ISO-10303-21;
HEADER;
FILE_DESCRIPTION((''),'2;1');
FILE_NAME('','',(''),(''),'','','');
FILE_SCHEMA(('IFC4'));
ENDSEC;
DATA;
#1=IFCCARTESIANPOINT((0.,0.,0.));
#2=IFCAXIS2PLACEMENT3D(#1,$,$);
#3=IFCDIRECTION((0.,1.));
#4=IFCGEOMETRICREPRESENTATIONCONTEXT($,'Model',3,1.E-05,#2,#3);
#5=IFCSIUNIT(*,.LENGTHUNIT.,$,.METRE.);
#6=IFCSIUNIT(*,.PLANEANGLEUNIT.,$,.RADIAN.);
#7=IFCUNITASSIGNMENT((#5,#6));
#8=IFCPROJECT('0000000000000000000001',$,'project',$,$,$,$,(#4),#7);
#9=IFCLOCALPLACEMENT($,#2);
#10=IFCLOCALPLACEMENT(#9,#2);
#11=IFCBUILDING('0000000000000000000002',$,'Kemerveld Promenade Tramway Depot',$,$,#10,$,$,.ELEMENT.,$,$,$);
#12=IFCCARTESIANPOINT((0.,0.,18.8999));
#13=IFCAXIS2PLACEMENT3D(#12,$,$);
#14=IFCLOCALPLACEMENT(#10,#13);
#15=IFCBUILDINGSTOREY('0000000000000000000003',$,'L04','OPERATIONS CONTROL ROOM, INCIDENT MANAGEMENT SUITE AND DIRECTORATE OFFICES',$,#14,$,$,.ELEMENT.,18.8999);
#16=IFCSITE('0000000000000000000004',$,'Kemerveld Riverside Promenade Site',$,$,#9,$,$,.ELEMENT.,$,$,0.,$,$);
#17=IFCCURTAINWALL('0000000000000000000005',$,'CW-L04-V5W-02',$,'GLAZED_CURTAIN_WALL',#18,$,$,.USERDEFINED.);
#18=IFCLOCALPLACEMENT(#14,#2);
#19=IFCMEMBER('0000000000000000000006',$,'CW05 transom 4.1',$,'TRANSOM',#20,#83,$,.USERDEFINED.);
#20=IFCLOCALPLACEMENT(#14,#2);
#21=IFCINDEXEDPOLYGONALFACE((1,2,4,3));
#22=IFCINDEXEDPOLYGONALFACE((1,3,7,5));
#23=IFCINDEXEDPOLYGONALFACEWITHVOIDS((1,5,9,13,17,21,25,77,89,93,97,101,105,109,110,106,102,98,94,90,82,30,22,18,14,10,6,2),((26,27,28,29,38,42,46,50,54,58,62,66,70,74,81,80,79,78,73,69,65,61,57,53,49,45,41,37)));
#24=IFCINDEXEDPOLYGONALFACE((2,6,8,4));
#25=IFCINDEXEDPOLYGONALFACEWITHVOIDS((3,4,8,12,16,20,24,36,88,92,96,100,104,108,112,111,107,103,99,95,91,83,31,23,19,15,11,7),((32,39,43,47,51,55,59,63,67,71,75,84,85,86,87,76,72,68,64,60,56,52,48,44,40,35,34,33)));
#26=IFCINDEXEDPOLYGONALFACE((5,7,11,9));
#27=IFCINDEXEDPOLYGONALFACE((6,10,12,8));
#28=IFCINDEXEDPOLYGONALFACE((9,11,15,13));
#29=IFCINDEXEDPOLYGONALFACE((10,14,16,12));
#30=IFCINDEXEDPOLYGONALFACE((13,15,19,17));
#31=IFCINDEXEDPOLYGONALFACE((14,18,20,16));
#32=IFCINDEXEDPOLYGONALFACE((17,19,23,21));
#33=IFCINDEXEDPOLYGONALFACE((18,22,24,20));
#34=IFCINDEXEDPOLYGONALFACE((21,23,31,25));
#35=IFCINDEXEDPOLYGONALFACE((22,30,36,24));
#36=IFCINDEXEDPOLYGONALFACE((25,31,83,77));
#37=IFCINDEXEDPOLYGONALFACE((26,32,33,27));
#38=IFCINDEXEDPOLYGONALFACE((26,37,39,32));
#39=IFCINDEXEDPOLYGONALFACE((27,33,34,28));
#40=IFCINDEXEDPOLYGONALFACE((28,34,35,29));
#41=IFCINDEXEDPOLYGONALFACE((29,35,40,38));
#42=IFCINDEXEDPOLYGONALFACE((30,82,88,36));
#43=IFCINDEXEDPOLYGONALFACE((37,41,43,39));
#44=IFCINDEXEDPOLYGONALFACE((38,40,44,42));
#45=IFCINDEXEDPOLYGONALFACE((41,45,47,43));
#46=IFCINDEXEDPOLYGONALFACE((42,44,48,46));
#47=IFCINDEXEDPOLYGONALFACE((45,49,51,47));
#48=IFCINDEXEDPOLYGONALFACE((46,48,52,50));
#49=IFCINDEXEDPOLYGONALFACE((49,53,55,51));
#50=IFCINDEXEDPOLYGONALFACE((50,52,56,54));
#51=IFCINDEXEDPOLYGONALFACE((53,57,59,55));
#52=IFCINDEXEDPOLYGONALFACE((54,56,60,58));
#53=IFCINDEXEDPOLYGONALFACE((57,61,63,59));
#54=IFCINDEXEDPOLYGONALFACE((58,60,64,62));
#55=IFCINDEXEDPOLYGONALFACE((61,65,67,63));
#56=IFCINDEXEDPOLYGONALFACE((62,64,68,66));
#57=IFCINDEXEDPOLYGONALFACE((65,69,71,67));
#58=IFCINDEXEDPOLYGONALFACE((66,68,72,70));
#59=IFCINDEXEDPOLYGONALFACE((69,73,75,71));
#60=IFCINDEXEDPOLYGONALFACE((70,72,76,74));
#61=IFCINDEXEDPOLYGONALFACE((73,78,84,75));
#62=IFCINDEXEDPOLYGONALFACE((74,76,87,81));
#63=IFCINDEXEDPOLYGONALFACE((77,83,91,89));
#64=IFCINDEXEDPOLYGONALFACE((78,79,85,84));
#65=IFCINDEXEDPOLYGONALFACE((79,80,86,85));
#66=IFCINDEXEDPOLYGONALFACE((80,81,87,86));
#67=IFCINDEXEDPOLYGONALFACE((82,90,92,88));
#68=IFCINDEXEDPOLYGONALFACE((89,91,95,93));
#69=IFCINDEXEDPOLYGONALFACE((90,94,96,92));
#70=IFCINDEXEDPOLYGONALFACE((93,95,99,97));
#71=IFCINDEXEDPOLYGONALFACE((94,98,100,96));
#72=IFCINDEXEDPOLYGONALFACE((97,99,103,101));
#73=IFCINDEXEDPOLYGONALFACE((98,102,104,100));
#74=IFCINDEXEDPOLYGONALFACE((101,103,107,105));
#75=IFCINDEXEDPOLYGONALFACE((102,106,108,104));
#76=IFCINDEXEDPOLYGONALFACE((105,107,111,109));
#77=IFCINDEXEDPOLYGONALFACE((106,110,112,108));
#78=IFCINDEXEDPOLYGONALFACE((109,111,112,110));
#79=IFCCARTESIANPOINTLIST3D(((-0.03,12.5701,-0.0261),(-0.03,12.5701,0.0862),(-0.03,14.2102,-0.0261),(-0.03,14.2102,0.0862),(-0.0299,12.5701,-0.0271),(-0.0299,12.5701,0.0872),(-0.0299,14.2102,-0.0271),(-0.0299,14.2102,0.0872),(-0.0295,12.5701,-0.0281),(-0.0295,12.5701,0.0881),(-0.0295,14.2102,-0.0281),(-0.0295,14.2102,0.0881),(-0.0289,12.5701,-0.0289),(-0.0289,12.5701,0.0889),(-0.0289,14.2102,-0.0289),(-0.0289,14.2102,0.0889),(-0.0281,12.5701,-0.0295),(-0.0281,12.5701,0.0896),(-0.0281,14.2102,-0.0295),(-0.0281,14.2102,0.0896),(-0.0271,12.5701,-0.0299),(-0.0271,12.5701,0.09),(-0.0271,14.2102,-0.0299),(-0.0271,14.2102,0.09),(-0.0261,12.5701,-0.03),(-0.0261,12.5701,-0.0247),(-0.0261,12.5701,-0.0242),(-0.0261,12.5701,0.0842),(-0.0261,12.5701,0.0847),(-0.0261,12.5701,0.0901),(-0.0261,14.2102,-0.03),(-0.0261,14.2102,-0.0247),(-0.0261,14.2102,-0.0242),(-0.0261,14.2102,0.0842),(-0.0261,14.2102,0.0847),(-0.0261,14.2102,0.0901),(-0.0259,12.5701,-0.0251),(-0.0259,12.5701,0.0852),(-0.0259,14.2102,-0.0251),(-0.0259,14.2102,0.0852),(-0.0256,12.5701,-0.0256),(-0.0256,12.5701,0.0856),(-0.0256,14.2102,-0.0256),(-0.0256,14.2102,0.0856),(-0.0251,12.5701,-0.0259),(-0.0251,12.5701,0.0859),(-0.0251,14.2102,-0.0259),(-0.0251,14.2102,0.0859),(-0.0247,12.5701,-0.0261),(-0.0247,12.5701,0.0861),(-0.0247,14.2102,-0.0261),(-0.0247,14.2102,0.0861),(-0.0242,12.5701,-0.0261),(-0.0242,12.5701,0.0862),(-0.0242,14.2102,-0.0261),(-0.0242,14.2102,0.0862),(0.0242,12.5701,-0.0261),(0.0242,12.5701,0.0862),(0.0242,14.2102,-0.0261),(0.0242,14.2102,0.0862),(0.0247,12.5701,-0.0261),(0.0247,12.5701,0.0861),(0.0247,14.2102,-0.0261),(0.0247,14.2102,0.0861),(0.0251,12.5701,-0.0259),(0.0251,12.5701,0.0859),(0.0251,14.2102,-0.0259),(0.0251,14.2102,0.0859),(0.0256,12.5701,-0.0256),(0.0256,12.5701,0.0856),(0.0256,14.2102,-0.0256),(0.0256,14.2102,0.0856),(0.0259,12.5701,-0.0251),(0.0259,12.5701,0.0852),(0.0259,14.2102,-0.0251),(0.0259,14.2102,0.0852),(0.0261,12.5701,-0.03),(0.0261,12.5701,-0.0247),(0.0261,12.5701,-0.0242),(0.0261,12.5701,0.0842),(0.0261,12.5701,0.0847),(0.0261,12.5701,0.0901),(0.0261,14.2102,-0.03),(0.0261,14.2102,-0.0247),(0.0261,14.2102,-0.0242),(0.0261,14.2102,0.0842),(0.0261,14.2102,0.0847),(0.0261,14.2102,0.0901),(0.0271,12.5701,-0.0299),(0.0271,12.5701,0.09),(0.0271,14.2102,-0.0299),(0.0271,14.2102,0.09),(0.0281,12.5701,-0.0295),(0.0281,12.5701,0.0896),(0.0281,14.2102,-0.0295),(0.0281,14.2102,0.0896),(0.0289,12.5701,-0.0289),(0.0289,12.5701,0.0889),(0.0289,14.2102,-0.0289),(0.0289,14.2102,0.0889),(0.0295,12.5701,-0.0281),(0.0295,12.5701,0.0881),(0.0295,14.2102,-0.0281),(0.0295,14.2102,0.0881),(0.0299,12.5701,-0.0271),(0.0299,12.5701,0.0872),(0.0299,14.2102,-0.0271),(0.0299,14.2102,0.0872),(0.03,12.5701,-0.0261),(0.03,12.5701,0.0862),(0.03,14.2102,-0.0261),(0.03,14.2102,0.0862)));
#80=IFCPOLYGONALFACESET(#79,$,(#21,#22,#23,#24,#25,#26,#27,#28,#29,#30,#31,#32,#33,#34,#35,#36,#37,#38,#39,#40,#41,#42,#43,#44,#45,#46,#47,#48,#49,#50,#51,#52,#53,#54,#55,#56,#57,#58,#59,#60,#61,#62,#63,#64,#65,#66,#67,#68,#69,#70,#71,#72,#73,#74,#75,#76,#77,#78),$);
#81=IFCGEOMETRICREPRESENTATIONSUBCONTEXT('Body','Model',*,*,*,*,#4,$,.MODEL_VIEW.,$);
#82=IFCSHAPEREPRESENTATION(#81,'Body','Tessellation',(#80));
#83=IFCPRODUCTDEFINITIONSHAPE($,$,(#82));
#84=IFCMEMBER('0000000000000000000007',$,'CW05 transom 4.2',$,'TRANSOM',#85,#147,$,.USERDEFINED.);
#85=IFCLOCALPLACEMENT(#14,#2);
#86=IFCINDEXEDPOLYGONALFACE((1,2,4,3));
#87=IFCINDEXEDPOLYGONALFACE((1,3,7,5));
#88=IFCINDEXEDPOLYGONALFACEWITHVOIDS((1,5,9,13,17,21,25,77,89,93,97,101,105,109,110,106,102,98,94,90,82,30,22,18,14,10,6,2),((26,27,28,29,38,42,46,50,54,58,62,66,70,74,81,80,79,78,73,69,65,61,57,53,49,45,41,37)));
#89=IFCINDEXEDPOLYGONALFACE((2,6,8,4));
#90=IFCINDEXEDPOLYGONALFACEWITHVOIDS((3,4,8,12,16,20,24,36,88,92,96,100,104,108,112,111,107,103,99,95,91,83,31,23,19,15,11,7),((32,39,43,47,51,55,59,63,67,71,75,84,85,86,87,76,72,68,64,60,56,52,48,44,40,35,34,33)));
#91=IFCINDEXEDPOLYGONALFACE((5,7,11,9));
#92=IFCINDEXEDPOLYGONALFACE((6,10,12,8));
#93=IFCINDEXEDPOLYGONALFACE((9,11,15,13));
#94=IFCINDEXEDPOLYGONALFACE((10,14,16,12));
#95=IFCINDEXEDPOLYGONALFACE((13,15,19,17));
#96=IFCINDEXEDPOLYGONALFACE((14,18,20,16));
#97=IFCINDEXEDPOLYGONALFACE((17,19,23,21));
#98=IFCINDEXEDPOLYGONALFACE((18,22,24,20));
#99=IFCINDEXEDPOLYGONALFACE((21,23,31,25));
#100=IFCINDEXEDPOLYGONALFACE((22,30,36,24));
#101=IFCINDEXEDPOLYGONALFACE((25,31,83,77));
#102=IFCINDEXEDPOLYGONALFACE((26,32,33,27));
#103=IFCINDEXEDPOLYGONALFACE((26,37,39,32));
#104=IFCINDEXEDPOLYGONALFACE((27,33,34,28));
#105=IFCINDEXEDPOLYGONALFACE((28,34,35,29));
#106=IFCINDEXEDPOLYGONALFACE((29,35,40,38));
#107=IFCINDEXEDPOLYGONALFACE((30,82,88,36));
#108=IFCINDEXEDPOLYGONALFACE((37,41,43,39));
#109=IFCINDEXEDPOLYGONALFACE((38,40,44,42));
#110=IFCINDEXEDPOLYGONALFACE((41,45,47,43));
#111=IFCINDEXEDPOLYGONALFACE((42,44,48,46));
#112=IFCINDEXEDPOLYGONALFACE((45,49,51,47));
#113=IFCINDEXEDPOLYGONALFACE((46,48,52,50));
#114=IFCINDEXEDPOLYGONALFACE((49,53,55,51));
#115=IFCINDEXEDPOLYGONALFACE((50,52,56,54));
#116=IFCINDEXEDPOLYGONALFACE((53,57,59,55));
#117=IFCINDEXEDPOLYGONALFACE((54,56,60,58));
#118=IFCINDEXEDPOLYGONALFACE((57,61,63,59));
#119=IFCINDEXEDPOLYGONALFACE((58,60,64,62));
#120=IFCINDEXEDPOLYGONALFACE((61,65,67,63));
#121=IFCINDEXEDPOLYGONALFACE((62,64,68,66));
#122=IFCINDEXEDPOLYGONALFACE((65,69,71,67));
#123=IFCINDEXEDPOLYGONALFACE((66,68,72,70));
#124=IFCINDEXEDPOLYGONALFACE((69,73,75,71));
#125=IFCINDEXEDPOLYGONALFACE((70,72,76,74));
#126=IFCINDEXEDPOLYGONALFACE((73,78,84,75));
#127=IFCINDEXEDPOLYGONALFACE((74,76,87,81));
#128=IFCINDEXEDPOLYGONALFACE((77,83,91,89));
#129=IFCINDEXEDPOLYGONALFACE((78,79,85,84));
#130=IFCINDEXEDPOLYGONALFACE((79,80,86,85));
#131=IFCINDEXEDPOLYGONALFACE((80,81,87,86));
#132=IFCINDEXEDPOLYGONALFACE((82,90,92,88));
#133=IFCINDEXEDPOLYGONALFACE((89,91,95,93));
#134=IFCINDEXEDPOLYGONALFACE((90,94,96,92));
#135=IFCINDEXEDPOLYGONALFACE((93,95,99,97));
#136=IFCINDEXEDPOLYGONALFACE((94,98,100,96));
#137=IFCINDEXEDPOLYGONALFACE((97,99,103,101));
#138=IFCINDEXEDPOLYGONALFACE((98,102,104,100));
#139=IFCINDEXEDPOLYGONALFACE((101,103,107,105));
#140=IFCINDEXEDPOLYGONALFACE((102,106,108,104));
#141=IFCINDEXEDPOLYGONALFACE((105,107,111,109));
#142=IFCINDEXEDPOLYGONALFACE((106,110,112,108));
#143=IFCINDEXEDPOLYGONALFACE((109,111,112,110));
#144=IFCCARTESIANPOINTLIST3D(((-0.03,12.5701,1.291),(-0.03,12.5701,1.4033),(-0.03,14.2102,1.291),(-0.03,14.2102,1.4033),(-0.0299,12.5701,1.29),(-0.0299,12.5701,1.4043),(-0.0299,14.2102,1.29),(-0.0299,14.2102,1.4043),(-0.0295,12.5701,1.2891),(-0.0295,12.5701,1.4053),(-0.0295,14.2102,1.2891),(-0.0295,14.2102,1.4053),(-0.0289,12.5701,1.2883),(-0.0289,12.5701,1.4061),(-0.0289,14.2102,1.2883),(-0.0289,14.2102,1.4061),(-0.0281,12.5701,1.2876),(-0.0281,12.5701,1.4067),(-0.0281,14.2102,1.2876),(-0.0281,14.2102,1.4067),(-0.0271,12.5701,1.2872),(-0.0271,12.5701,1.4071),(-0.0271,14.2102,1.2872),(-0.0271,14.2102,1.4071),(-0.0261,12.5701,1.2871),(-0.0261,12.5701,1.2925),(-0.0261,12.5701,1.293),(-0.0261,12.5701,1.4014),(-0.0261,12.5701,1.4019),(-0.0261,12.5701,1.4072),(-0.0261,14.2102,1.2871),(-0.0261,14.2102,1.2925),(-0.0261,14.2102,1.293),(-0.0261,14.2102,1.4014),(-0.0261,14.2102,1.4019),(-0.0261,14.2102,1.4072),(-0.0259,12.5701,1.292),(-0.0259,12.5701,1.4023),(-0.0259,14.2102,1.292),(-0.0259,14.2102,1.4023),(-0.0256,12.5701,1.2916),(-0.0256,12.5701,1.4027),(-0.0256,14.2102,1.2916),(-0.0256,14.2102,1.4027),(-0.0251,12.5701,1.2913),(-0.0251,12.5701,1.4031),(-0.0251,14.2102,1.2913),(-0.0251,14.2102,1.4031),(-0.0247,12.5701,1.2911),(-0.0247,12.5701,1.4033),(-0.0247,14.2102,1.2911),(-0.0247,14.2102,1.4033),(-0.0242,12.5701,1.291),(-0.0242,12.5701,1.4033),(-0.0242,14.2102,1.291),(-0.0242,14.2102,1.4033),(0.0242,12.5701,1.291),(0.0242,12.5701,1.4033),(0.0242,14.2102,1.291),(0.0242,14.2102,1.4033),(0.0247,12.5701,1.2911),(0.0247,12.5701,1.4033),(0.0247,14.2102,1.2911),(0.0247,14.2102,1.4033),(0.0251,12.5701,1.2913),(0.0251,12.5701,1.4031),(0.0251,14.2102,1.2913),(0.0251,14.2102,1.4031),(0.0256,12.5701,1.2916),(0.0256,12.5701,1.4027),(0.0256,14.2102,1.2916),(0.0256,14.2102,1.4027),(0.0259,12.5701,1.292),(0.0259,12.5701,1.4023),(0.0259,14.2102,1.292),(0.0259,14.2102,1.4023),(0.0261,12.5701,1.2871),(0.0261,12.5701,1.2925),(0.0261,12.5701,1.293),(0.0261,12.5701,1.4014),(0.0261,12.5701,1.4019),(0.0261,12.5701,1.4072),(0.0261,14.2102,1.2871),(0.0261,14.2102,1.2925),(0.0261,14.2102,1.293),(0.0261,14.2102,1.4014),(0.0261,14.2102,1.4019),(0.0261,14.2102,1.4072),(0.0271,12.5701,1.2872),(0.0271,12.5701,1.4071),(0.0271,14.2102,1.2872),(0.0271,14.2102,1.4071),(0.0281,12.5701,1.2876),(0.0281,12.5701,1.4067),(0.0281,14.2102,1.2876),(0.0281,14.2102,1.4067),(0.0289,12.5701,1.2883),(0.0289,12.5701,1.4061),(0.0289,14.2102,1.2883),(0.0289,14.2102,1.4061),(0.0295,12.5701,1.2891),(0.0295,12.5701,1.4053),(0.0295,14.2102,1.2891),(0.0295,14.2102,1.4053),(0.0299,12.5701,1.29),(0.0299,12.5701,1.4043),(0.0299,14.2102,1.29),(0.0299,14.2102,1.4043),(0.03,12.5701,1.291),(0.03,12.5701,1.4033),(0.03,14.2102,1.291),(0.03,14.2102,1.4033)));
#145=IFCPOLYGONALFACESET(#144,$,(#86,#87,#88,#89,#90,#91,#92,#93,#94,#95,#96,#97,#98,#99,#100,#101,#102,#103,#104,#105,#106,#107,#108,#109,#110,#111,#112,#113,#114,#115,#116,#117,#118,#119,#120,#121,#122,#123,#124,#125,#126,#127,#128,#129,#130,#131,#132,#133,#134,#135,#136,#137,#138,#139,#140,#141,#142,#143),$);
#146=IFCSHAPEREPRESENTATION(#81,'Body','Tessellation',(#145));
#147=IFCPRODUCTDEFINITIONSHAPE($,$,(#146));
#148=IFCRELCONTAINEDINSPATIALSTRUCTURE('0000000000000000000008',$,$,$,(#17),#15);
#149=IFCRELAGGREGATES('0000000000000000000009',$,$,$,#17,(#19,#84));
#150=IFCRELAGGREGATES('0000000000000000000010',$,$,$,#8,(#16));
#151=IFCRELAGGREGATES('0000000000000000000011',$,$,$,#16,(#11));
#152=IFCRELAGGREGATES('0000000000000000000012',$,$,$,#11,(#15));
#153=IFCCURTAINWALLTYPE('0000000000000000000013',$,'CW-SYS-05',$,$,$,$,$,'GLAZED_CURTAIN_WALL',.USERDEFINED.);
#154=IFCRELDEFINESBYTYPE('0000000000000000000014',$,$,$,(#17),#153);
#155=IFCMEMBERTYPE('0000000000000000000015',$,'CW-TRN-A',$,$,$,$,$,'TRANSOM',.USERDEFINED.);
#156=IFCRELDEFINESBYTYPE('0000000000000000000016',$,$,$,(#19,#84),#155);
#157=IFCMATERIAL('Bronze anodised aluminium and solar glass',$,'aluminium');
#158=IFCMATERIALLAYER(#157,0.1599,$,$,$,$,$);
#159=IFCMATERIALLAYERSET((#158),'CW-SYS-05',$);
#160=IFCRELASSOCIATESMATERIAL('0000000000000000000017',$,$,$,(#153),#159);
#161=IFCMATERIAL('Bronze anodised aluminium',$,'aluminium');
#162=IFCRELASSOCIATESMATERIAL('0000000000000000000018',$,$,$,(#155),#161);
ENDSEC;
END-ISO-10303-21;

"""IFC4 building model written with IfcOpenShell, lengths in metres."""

from ifc_helpers import new_model, si_unit, direction, frame, origin, origin_2d, place, context, subcontext, project, spatial, hollow_rectangle, extrude, material, layer, layer_set, material_profile, profile_set, type_object, element, aggregate, save


model = new_model("IFC4")

# Units and contexts
model_context = context("Model", 3, precision=1e-05, world=origin(), true_north=direction((0.0, 1.0)))
body_context = subcontext(model_context, "Body", "Model", "MODEL_VIEW")
ifc_project = project(units=[si_unit("LENGTHUNIT", "METRE"), si_unit("PLANEANGLEUNIT", "RADIAN")], contexts=[model_context])

# Site, building, storey
site_placement = place(None, origin())
site = spatial("IfcSite", under=ifc_project, at=site_placement, Name="Kemerveld Riverside Promenade Site", CompositionType="ELEMENT", RefElevation=0.0)
building_placement = place(site_placement, origin())
building = spatial("IfcBuilding", under=site, at=building_placement, Name="Kemerveld Promenade Tramway Depot", CompositionType="ELEMENT")
storey_placement = place(building_placement, frame((0.0, 0.0, 18.8999)))
storey = spatial("IfcBuildingStorey", under=building, at=storey_placement, Name="L04", Description="OPERATIONS CONTROL ROOM, INCIDENT MANAGEMENT SUITE AND DIRECTORATE OFFICES", CompositionType="ELEMENT", Elevation=18.8999)

# Curtain wall, members
ifc_material_1 = material(Name="Bronze anodised aluminium and solar glass", Category="aluminium")
ifc_layer_1 = layer(ifc_material_1, 0.1599)
ifc_layer_set_1 = layer_set([ifc_layer_1], Name="CW-SYS-05")
curtain_wall_type = type_object("IfcCurtainWallType", Name="CW-SYS-05", ElementType="GLAZED_CURTAIN_WALL", PredefinedType="USERDEFINED", material=ifc_layer_set_1)
curtain_wall_placement = place(storey_placement, origin())
curtain_wall = element("IfcCurtainWall", 1, at=curtain_wall_placement, inside=storey, type_object=curtain_wall_type, Name="CW-L04-V5W-02", ObjectType="GLAZED_CURTAIN_WALL", PredefinedType="USERDEFINED")
ifc_material_2 = material(Name="Bronze anodised aluminium", Category="aluminium")
ifc_material_profile_1 = material_profile(ifc_material_2, hollow_rectangle(XDim=0.0601, YDim=0.1201, WallThickness=0.0039, InnerFilletRadius=0.002, OuterFilletRadius=0.0039, at=origin_2d()), Name="CW-TRN-120x60")
ifc_profile_set_1 = profile_set([ifc_material_profile_1], Name="Bronze anodised aluminium")
member_type_1 = type_object("IfcMemberType", Name="CW-TRN-A", ElementType="TRANSOM", PredefinedType="USERDEFINED", material=ifc_profile_set_1)
member_1_placement = place(storey_placement, frame((0.0, 12.5701, 0.03), z_axis=(0.0, 1.0, 0.0), x_axis=(-1.0, 0.0, 0.0)))
member_1 = element("IfcMember", 2, at=member_1_placement, type_object=member_type_1, Name="CW05 transom 4.1", ObjectType="TRANSOM", PredefinedType="USERDEFINED", context=body_context, shape_type="SweptSolid", body=[
    extrude(hollow_rectangle(XDim=0.0601, YDim=0.1201, WallThickness=0.0039, InnerFilletRadius=0.002, OuterFilletRadius=0.0039, at=origin_2d()), origin(), (0.0, 0.0, 1.0), 1.6401),
])
member_2_placement = place(storey_placement, frame((0.0, 12.5701, 1.3472), z_axis=(0.0, 1.0, 0.0), x_axis=(-1.0, 0.0, 0.0)))
member_2 = element("IfcMember", 3, at=member_2_placement, type_object=member_type_1, Name="CW05 transom 4.2", ObjectType="TRANSOM", PredefinedType="USERDEFINED", context=body_context, shape_type="SweptSolid", body=[
    extrude(hollow_rectangle(XDim=0.0601, YDim=0.1201, WallThickness=0.0039, InnerFilletRadius=0.002, OuterFilletRadius=0.0039, at=origin_2d()), origin(), (0.0, 0.0, 1.0), 1.6401),
])
aggregate(curtain_wall, [member_1, member_2])

save(model, "model.ifc")
